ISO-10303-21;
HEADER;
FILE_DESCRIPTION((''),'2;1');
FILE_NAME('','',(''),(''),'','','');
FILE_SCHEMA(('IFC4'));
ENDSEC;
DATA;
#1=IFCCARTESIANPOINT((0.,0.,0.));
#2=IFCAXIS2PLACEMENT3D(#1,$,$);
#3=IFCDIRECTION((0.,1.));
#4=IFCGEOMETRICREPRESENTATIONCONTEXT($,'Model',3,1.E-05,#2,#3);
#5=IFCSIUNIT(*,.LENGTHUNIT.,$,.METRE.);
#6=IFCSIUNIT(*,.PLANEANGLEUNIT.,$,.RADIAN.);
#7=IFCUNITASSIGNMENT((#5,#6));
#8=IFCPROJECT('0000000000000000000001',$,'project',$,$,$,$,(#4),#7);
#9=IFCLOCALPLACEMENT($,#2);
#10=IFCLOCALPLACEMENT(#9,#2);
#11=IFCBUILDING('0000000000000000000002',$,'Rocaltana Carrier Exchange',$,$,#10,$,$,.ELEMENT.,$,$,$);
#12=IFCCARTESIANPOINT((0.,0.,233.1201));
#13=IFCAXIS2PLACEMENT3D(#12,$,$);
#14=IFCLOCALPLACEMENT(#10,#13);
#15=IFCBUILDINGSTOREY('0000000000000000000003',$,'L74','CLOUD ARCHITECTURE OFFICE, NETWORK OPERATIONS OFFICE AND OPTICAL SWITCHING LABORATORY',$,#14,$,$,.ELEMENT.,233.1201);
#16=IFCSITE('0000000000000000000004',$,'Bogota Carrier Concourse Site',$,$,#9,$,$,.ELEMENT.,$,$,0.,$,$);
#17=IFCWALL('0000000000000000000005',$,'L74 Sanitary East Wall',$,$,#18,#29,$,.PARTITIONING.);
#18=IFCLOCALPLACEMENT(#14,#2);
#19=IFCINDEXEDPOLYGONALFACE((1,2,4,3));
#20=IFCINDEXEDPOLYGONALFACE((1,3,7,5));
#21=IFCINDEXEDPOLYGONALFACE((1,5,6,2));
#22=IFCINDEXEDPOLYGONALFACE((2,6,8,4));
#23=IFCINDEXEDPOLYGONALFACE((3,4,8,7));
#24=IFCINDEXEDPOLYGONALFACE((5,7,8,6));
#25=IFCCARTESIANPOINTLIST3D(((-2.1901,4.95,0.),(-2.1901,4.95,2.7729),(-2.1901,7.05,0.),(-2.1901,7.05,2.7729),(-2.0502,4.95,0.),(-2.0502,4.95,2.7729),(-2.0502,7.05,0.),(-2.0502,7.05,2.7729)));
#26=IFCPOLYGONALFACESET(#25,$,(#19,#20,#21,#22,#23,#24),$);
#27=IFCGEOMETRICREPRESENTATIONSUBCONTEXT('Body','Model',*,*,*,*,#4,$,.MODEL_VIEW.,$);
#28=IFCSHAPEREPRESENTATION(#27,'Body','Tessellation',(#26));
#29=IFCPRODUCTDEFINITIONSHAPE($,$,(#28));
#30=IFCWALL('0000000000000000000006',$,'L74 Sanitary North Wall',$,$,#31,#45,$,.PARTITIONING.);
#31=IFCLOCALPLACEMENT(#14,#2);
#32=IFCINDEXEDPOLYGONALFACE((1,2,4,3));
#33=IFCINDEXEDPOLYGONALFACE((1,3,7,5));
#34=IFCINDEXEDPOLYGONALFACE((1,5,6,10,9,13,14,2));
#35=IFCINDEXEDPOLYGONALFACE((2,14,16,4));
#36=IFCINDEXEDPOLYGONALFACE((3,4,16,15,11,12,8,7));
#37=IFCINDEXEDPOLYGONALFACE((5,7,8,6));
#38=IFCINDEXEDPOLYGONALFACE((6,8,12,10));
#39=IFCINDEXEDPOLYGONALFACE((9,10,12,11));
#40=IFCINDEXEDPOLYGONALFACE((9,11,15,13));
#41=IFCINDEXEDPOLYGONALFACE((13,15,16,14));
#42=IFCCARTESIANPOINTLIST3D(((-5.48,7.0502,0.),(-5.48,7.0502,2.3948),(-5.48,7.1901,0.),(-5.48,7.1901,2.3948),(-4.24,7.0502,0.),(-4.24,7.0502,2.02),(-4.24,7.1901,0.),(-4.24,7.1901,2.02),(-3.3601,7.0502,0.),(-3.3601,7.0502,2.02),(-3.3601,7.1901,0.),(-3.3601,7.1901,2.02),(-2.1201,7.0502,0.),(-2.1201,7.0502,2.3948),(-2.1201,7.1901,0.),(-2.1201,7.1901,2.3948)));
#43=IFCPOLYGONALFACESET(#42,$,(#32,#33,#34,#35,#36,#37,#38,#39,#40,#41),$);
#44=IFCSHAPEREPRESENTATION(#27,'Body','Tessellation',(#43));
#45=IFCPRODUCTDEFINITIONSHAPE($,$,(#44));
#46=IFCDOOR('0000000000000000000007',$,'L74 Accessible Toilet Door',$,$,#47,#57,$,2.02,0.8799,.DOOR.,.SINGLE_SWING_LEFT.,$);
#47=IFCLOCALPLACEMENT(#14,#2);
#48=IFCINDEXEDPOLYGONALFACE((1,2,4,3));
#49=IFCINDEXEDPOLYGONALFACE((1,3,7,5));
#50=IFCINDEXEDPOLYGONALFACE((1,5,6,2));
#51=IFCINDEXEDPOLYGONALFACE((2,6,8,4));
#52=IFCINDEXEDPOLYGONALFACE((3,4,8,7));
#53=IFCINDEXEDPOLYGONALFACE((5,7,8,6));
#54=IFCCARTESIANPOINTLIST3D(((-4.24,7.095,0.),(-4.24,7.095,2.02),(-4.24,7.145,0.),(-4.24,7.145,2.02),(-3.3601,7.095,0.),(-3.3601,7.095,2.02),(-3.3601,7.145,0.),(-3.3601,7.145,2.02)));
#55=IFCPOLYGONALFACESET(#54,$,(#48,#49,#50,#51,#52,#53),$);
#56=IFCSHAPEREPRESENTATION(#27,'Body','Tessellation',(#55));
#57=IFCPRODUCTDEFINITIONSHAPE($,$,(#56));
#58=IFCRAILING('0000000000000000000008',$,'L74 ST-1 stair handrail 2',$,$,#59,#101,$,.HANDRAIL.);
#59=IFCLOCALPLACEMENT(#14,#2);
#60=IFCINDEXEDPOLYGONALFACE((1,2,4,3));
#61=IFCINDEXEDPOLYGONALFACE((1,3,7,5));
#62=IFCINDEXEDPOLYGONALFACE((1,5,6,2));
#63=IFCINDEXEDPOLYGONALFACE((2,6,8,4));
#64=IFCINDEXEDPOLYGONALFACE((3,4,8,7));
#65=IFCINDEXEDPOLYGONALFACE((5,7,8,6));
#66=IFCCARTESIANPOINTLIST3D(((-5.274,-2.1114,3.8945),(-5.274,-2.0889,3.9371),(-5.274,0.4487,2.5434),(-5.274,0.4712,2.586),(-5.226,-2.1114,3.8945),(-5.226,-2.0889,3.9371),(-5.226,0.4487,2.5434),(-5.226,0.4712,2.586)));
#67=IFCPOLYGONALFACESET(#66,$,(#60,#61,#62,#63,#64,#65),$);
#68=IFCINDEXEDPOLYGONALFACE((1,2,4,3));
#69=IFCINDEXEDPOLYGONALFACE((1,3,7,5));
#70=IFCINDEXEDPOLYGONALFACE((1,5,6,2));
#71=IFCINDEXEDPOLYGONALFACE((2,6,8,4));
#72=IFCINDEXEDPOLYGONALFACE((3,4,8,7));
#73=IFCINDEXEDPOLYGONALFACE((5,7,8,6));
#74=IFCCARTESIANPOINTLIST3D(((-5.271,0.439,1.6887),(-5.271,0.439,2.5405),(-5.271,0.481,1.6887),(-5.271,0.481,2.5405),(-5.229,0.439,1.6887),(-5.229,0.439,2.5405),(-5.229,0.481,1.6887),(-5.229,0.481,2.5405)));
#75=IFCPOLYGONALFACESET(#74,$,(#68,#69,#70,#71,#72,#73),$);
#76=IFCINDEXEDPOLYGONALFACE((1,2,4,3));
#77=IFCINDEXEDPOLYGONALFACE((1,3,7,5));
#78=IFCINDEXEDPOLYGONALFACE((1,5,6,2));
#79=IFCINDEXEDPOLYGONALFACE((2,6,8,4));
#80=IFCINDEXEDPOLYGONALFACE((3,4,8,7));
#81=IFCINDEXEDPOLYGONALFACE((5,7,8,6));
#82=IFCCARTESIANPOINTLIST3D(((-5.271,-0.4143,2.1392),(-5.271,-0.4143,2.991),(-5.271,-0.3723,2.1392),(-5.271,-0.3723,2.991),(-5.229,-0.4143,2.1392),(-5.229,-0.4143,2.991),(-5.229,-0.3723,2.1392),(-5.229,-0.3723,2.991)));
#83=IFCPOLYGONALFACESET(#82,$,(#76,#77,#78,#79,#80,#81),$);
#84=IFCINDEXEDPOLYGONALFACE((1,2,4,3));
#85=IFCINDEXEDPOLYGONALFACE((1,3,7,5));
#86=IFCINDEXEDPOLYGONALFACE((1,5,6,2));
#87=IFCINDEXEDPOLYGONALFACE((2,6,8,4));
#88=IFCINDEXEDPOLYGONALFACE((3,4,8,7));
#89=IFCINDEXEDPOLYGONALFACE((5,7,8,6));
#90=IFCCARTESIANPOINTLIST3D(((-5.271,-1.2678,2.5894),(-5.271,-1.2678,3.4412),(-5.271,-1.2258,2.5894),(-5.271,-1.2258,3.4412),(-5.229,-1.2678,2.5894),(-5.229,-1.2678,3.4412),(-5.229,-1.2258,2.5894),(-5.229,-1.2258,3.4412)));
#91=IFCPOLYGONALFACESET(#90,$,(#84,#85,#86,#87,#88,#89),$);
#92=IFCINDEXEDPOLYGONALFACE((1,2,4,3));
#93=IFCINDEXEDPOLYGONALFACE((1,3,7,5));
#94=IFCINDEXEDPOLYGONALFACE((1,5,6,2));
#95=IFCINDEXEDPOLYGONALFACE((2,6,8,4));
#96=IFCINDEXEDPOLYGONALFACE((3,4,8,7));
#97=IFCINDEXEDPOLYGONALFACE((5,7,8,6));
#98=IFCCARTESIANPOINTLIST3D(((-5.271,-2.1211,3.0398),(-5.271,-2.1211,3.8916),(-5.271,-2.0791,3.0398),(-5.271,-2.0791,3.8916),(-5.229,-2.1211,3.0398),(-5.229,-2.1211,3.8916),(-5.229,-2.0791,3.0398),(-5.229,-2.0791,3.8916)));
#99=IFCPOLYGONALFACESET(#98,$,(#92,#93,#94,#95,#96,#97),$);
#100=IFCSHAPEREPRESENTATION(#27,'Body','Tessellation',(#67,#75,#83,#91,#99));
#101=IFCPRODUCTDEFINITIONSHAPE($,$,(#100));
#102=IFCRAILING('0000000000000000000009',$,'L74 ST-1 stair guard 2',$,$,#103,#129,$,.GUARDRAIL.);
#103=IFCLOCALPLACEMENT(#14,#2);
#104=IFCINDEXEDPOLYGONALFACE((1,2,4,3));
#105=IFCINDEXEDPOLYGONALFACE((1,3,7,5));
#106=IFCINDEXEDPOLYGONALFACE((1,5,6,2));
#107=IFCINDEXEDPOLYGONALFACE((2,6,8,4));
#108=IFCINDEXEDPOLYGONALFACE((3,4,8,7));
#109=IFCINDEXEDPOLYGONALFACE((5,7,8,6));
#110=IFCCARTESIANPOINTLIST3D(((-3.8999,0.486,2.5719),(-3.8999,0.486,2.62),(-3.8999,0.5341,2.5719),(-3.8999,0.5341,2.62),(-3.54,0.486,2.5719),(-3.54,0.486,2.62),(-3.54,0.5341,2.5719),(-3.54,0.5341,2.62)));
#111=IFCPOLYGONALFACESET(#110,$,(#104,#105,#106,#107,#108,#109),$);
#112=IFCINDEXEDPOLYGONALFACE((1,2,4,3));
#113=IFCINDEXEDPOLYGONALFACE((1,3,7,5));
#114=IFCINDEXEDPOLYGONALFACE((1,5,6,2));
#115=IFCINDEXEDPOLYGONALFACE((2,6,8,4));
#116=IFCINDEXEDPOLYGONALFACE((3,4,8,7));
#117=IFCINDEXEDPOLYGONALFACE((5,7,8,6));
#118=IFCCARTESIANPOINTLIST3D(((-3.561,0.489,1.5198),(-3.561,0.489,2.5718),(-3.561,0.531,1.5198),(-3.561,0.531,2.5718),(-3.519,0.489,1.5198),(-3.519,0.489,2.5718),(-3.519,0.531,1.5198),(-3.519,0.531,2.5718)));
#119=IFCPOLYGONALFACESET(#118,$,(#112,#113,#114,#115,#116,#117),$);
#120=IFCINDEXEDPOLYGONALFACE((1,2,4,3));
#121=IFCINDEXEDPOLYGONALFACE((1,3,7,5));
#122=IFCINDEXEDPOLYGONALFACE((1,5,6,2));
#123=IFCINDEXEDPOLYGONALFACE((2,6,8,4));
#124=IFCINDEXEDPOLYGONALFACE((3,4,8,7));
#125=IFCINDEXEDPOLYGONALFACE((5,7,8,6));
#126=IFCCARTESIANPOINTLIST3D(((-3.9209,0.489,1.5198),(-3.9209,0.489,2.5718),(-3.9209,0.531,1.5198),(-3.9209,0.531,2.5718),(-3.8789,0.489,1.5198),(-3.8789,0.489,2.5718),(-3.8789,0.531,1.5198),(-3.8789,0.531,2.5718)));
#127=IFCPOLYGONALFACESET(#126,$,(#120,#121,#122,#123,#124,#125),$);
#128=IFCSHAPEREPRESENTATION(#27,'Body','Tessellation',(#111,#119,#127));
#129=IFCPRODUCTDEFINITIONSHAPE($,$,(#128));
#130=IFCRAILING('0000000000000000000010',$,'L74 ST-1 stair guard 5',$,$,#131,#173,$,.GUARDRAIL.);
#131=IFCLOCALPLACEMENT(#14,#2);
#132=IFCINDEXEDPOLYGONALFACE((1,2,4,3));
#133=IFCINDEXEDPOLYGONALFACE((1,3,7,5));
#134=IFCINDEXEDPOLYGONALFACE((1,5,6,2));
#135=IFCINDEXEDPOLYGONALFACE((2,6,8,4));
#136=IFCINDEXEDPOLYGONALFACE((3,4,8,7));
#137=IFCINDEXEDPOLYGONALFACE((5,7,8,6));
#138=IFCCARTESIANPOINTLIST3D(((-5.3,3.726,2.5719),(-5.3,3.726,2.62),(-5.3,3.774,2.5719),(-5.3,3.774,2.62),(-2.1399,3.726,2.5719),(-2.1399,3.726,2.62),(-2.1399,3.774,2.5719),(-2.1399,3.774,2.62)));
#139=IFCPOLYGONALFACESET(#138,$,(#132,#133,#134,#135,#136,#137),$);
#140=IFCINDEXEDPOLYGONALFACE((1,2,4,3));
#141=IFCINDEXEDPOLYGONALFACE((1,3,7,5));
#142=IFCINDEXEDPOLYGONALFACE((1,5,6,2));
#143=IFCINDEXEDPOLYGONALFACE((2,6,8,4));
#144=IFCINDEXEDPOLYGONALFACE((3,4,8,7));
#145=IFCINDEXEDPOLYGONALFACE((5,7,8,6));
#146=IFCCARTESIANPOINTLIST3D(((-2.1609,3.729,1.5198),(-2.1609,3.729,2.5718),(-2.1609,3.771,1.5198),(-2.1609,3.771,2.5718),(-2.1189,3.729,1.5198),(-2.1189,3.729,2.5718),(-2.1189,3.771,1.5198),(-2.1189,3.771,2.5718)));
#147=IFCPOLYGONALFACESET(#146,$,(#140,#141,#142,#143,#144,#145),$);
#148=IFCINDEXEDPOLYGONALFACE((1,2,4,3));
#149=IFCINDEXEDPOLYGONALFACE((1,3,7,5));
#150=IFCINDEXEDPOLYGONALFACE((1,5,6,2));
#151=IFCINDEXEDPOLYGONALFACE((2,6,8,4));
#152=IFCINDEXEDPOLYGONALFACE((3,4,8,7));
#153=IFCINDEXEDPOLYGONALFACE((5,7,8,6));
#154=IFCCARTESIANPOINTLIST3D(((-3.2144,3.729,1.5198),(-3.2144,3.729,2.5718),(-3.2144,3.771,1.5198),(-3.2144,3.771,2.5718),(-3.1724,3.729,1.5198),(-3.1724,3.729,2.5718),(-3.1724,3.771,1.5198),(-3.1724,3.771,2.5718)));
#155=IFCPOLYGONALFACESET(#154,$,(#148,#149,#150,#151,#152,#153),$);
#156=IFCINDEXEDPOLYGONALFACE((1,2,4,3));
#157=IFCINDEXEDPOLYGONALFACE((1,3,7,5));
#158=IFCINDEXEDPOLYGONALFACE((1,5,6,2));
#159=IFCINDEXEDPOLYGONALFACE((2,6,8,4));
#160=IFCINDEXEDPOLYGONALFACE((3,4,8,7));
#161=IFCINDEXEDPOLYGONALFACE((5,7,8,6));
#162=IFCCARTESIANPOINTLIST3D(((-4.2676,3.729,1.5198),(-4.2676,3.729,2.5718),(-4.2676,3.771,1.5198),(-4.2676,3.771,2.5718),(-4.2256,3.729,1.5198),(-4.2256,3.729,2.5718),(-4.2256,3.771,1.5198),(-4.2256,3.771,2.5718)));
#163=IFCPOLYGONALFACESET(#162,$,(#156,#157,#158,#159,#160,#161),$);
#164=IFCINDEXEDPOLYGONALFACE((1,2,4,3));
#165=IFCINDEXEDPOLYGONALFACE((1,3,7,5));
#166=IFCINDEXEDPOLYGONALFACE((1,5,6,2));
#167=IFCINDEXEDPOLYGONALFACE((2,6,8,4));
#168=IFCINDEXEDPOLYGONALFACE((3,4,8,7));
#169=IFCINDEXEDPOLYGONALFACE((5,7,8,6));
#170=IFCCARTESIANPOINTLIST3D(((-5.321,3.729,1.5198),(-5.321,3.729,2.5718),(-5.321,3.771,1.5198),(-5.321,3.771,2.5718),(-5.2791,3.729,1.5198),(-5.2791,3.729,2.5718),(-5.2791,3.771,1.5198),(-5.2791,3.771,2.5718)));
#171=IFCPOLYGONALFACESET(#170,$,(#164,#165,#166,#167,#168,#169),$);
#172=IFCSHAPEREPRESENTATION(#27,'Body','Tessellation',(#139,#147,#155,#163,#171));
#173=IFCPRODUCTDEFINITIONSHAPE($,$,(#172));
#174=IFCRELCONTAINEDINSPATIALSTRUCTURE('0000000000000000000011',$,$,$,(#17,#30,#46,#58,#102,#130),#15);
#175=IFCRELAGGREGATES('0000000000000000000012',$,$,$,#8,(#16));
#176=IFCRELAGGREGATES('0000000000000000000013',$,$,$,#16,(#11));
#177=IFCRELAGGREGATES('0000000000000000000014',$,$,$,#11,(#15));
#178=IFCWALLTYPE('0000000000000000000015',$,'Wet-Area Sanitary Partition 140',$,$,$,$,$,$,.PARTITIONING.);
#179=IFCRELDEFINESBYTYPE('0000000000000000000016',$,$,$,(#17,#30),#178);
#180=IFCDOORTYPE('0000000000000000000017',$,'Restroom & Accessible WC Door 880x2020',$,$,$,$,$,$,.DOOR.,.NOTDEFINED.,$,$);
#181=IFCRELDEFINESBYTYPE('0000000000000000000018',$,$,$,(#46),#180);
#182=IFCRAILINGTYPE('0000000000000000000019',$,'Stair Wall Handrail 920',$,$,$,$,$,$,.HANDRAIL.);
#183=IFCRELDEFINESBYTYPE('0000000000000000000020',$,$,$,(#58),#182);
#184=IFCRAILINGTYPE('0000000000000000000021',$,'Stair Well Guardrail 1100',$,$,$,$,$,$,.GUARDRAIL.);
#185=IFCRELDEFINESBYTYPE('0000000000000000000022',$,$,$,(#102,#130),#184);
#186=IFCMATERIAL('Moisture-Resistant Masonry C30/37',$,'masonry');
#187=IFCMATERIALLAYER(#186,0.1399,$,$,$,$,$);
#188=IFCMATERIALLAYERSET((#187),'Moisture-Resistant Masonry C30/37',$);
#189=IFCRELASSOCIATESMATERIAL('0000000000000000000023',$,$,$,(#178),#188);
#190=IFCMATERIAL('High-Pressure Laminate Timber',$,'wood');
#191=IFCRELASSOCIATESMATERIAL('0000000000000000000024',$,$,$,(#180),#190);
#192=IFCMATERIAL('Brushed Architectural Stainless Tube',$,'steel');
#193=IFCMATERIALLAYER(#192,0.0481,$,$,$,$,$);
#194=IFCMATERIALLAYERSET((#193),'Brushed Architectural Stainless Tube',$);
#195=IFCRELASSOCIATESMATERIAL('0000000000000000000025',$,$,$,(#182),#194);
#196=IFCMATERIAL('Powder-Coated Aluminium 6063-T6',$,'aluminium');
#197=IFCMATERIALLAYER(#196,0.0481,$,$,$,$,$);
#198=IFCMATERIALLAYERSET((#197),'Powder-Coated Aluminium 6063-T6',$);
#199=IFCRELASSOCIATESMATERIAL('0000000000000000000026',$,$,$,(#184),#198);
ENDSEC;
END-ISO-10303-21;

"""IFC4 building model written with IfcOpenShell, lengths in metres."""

from ifc_helpers import new_model, si_unit, direction, frame, frame_2d, origin, origin_2d, place, context, subcontext, project, spatial, rectangle, extrude, material, layer, layer_set, type_object, element, fill, save


model = new_model("IFC4")

# Units and contexts
model_context = context("Model", 3, precision=1e-05, world=origin(), true_north=direction((0.0, 1.0)))
body_context = subcontext(model_context, "Body", "Model", "MODEL_VIEW")
ifc_project = project(units=[si_unit("LENGTHUNIT", "METRE"), si_unit("PLANEANGLEUNIT", "RADIAN")], contexts=[model_context])

# Site, building, storey
site_placement = place(None, origin())
site = spatial("IfcSite", under=ifc_project, at=site_placement, Name="Bogota Carrier Concourse Site", CompositionType="ELEMENT", RefElevation=0.0)
building_placement = place(site_placement, origin())
building = spatial("IfcBuilding", under=site, at=building_placement, Name="Rocaltana Carrier Exchange", CompositionType="ELEMENT")
storey_placement = place(building_placement, frame((0.0, 0.0, 233.1201)))
storey = spatial("IfcBuildingStorey", under=building, at=storey_placement, Name="L74", Description="CLOUD ARCHITECTURE OFFICE, NETWORK OPERATIONS OFFICE AND OPTICAL SWITCHING LABORATORY", CompositionType="ELEMENT", Elevation=233.1201)

# Wall
ifc_material_1 = material(Name="Moisture-Resistant Masonry C30/37", Category="masonry")
ifc_layer_1 = layer(ifc_material_1, 0.1399)
ifc_layer_set_1 = layer_set([ifc_layer_1], Name="Moisture-Resistant Masonry C30/37")
wall_type_1 = type_object("IfcWallType", Name="Wet-Area Sanitary Partition 140", PredefinedType="PARTITIONING", material=ifc_layer_set_1)
for number, where, z_axis, x_axis, name in (
    (1, (-2.1201, 4.95, 0.0), (0.0, 0.0, 1.0), (0.0, 1.0, 0.0), "L74 Sanitary East Wall"),
):
    element("IfcWall", number, at=place(storey_placement, frame(where, z_axis=z_axis, x_axis=x_axis)), inside=storey, type_object=wall_type_1, Name=name, PredefinedType="PARTITIONING", context=body_context, shape_type="SweptSolid", body=[
        extrude(rectangle(XDim=2.1001, YDim=0.1399, at=frame_2d((1.05, 0.0))), origin(), (0.0, 0.0, 1.0), 2.7729),
    ])

# Wall, opening, door
wall_1_placement = place(storey_placement, frame((-5.48, 7.1201, 0.0), z_axis=(0.0, 0.0, 1.0), x_axis=(1.0, 0.0, 0.0)))
wall_1 = element("IfcWall", 2, at=wall_1_placement, inside=storey, type_object=wall_type_1, Name="L74 Sanitary North Wall", PredefinedType="PARTITIONING", context=body_context, shape_type="SweptSolid", body=[
    extrude(rectangle(XDim=3.3599, YDim=0.1399, at=frame_2d((1.6799, 0.0))), origin(), (0.0, 0.0, 1.0), 2.3948),
])
opening_1_placement = place(wall_1_placement, frame((1.24, 0.0, 0.0)))
opening_1 = element("IfcOpeningElement", 3, at=opening_1_placement, cuts=wall_1, PredefinedType="OPENING", context=body_context, shape_type="SweptSolid", body=[
    extrude(rectangle(XDim=0.8799, YDim=2.02, at=frame_2d((0.4399, 1.01))), frame((0.0, 0.0798, 0.0), z_axis=(0.0, -1.0, 0.0), x_axis=(1.0, 0.0, 0.0)), (0.0, 0.0, 1.0), 0.1599),
])
ifc_material_2 = material(Name="High-Pressure Laminate Timber", Category="wood")
door_type_1 = type_object("IfcDoorType", Name="Restroom & Accessible WC Door 880x2020", OperationType="NOTDEFINED", PredefinedType="DOOR", material=ifc_material_2)
door_1_placement = place(opening_1_placement, origin())
door_1 = element("IfcDoor", 4, at=door_1_placement, inside=storey, type_object=door_type_1, Name="L74 Accessible Toilet Door", OperationType="SINGLE_SWING_LEFT", OverallHeight=2.02, OverallWidth=0.8799, PredefinedType="DOOR", context=body_context, shape_type="SweptSolid", body=[
    extrude(rectangle(XDim=0.8799, YDim=2.02, at=frame_2d((0.4399, 1.01))), frame((0.0, 0.0249, 0.0), z_axis=(0.0, -1.0, 0.0), x_axis=(1.0, 0.0, 0.0)), (0.0, 0.0, 1.0), 0.05),
])
fill(opening_1, door_1)

# Railings
ifc_material_3 = material(Name="Brushed Architectural Stainless Tube", Category="steel")
ifc_layer_2 = layer(ifc_material_3, 0.0481)
ifc_layer_set_2 = layer_set([ifc_layer_2], Name="Brushed Architectural Stainless Tube")
railing_type_1 = type_object("IfcRailingType", Name="Stair Wall Handrail 920", PredefinedType="HANDRAIL", material=ifc_layer_set_2)
railing_1_placement = place(storey_placement, frame((-5.25, 0.46, 1.6887)))
element("IfcRailing", 5, at=railing_1_placement, inside=storey, type_object=railing_type_1, Name="L74 ST-1 stair handrail 2", PredefinedType="HANDRAIL", context=body_context, shape_type="SweptSolid", body=[
    extrude(rectangle(XDim=0.0481, YDim=0.0481, at=origin_2d()), frame((0.0, 0.0, 0.876), z_axis=(0.0, -0.884394, 0.46674), x_axis=(1.0, 0.0, 0.0)), (0.0, 0.0, 1.0), 2.8948),
    extrude(rectangle(XDim=0.042, YDim=0.042, at=origin_2d()), origin(), (0.0, 0.0, 1.0), 0.8518),
    extrude(rectangle(XDim=0.042, YDim=0.042, at=origin_2d()), frame((0.0, -0.8533, 0.4504)), (0.0, 0.0, 1.0), 0.8518),
    extrude(rectangle(XDim=0.042, YDim=0.042, at=origin_2d()), frame((0.0, -1.7068, 0.9006)), (0.0, 0.0, 1.0), 0.8518),
    extrude(rectangle(XDim=0.042, YDim=0.042, at=origin_2d()), frame((0.0, -2.5601, 1.3511)), (0.0, 0.0, 1.0), 0.8518),
])
ifc_material_4 = material(Name="Powder-Coated Aluminium 6063-T6", Category="aluminium")
ifc_layer_3 = layer(ifc_material_4, 0.0481)
ifc_layer_set_3 = layer_set([ifc_layer_3], Name="Powder-Coated Aluminium 6063-T6")
railing_type_2 = type_object("IfcRailingType", Name="Stair Well Guardrail 1100", PredefinedType="GUARDRAIL", material=ifc_layer_set_3)
railing_2_placement = place(storey_placement, frame((-3.54, 0.51, 1.5198)))
element("IfcRailing", 6, at=railing_2_placement, inside=storey, type_object=railing_type_2, Name="L74 ST-1 stair guard 2", PredefinedType="GUARDRAIL", context=body_context, shape_type="SweptSolid", body=[
    extrude(rectangle(XDim=0.0481, YDim=0.0481, at=origin_2d()), frame((0.0, 0.0, 1.0762), z_axis=(-1.0, 0.0, 0.0), x_axis=(0.0, -1.0, 0.0)), (0.0, 0.0, 1.0), 0.3599),
    extrude(rectangle(XDim=0.042, YDim=0.042, at=origin_2d()), origin(), (0.0, 0.0, 1.0), 1.052),
    extrude(rectangle(XDim=0.042, YDim=0.042, at=origin_2d()), frame((-0.3599, 0.0, 0.0)), (0.0, 0.0, 1.0), 1.052),
])
railing_3_placement = place(storey_placement, frame((-2.1399, 3.75, 1.5198)))
element("IfcRailing", 7, at=railing_3_placement, inside=storey, type_object=railing_type_2, Name="L74 ST-1 stair guard 5", PredefinedType="GUARDRAIL", context=body_context, shape_type="SweptSolid", body=[
    extrude(rectangle(XDim=0.0481, YDim=0.0481, at=origin_2d()), frame((0.0, 0.0, 1.0762), z_axis=(-1.0, 0.0, 0.0), x_axis=(0.0, -1.0, 0.0)), (0.0, 0.0, 1.0), 3.1602),
    extrude(rectangle(XDim=0.042, YDim=0.042, at=origin_2d()), origin(), (0.0, 0.0, 1.0), 1.052),
    extrude(rectangle(XDim=0.042, YDim=0.042, at=origin_2d()), frame((-1.0535, 0.0, 0.0)), (0.0, 0.0, 1.0), 1.052),
    extrude(rectangle(XDim=0.042, YDim=0.042, at=origin_2d()), frame((-2.1067, 0.0, 0.0)), (0.0, 0.0, 1.0), 1.052),
    extrude(rectangle(XDim=0.042, YDim=0.042, at=origin_2d()), frame((-3.1602, 0.0, 0.0)), (0.0, 0.0, 1.0), 1.052),
])

save(model, "model.ifc")
